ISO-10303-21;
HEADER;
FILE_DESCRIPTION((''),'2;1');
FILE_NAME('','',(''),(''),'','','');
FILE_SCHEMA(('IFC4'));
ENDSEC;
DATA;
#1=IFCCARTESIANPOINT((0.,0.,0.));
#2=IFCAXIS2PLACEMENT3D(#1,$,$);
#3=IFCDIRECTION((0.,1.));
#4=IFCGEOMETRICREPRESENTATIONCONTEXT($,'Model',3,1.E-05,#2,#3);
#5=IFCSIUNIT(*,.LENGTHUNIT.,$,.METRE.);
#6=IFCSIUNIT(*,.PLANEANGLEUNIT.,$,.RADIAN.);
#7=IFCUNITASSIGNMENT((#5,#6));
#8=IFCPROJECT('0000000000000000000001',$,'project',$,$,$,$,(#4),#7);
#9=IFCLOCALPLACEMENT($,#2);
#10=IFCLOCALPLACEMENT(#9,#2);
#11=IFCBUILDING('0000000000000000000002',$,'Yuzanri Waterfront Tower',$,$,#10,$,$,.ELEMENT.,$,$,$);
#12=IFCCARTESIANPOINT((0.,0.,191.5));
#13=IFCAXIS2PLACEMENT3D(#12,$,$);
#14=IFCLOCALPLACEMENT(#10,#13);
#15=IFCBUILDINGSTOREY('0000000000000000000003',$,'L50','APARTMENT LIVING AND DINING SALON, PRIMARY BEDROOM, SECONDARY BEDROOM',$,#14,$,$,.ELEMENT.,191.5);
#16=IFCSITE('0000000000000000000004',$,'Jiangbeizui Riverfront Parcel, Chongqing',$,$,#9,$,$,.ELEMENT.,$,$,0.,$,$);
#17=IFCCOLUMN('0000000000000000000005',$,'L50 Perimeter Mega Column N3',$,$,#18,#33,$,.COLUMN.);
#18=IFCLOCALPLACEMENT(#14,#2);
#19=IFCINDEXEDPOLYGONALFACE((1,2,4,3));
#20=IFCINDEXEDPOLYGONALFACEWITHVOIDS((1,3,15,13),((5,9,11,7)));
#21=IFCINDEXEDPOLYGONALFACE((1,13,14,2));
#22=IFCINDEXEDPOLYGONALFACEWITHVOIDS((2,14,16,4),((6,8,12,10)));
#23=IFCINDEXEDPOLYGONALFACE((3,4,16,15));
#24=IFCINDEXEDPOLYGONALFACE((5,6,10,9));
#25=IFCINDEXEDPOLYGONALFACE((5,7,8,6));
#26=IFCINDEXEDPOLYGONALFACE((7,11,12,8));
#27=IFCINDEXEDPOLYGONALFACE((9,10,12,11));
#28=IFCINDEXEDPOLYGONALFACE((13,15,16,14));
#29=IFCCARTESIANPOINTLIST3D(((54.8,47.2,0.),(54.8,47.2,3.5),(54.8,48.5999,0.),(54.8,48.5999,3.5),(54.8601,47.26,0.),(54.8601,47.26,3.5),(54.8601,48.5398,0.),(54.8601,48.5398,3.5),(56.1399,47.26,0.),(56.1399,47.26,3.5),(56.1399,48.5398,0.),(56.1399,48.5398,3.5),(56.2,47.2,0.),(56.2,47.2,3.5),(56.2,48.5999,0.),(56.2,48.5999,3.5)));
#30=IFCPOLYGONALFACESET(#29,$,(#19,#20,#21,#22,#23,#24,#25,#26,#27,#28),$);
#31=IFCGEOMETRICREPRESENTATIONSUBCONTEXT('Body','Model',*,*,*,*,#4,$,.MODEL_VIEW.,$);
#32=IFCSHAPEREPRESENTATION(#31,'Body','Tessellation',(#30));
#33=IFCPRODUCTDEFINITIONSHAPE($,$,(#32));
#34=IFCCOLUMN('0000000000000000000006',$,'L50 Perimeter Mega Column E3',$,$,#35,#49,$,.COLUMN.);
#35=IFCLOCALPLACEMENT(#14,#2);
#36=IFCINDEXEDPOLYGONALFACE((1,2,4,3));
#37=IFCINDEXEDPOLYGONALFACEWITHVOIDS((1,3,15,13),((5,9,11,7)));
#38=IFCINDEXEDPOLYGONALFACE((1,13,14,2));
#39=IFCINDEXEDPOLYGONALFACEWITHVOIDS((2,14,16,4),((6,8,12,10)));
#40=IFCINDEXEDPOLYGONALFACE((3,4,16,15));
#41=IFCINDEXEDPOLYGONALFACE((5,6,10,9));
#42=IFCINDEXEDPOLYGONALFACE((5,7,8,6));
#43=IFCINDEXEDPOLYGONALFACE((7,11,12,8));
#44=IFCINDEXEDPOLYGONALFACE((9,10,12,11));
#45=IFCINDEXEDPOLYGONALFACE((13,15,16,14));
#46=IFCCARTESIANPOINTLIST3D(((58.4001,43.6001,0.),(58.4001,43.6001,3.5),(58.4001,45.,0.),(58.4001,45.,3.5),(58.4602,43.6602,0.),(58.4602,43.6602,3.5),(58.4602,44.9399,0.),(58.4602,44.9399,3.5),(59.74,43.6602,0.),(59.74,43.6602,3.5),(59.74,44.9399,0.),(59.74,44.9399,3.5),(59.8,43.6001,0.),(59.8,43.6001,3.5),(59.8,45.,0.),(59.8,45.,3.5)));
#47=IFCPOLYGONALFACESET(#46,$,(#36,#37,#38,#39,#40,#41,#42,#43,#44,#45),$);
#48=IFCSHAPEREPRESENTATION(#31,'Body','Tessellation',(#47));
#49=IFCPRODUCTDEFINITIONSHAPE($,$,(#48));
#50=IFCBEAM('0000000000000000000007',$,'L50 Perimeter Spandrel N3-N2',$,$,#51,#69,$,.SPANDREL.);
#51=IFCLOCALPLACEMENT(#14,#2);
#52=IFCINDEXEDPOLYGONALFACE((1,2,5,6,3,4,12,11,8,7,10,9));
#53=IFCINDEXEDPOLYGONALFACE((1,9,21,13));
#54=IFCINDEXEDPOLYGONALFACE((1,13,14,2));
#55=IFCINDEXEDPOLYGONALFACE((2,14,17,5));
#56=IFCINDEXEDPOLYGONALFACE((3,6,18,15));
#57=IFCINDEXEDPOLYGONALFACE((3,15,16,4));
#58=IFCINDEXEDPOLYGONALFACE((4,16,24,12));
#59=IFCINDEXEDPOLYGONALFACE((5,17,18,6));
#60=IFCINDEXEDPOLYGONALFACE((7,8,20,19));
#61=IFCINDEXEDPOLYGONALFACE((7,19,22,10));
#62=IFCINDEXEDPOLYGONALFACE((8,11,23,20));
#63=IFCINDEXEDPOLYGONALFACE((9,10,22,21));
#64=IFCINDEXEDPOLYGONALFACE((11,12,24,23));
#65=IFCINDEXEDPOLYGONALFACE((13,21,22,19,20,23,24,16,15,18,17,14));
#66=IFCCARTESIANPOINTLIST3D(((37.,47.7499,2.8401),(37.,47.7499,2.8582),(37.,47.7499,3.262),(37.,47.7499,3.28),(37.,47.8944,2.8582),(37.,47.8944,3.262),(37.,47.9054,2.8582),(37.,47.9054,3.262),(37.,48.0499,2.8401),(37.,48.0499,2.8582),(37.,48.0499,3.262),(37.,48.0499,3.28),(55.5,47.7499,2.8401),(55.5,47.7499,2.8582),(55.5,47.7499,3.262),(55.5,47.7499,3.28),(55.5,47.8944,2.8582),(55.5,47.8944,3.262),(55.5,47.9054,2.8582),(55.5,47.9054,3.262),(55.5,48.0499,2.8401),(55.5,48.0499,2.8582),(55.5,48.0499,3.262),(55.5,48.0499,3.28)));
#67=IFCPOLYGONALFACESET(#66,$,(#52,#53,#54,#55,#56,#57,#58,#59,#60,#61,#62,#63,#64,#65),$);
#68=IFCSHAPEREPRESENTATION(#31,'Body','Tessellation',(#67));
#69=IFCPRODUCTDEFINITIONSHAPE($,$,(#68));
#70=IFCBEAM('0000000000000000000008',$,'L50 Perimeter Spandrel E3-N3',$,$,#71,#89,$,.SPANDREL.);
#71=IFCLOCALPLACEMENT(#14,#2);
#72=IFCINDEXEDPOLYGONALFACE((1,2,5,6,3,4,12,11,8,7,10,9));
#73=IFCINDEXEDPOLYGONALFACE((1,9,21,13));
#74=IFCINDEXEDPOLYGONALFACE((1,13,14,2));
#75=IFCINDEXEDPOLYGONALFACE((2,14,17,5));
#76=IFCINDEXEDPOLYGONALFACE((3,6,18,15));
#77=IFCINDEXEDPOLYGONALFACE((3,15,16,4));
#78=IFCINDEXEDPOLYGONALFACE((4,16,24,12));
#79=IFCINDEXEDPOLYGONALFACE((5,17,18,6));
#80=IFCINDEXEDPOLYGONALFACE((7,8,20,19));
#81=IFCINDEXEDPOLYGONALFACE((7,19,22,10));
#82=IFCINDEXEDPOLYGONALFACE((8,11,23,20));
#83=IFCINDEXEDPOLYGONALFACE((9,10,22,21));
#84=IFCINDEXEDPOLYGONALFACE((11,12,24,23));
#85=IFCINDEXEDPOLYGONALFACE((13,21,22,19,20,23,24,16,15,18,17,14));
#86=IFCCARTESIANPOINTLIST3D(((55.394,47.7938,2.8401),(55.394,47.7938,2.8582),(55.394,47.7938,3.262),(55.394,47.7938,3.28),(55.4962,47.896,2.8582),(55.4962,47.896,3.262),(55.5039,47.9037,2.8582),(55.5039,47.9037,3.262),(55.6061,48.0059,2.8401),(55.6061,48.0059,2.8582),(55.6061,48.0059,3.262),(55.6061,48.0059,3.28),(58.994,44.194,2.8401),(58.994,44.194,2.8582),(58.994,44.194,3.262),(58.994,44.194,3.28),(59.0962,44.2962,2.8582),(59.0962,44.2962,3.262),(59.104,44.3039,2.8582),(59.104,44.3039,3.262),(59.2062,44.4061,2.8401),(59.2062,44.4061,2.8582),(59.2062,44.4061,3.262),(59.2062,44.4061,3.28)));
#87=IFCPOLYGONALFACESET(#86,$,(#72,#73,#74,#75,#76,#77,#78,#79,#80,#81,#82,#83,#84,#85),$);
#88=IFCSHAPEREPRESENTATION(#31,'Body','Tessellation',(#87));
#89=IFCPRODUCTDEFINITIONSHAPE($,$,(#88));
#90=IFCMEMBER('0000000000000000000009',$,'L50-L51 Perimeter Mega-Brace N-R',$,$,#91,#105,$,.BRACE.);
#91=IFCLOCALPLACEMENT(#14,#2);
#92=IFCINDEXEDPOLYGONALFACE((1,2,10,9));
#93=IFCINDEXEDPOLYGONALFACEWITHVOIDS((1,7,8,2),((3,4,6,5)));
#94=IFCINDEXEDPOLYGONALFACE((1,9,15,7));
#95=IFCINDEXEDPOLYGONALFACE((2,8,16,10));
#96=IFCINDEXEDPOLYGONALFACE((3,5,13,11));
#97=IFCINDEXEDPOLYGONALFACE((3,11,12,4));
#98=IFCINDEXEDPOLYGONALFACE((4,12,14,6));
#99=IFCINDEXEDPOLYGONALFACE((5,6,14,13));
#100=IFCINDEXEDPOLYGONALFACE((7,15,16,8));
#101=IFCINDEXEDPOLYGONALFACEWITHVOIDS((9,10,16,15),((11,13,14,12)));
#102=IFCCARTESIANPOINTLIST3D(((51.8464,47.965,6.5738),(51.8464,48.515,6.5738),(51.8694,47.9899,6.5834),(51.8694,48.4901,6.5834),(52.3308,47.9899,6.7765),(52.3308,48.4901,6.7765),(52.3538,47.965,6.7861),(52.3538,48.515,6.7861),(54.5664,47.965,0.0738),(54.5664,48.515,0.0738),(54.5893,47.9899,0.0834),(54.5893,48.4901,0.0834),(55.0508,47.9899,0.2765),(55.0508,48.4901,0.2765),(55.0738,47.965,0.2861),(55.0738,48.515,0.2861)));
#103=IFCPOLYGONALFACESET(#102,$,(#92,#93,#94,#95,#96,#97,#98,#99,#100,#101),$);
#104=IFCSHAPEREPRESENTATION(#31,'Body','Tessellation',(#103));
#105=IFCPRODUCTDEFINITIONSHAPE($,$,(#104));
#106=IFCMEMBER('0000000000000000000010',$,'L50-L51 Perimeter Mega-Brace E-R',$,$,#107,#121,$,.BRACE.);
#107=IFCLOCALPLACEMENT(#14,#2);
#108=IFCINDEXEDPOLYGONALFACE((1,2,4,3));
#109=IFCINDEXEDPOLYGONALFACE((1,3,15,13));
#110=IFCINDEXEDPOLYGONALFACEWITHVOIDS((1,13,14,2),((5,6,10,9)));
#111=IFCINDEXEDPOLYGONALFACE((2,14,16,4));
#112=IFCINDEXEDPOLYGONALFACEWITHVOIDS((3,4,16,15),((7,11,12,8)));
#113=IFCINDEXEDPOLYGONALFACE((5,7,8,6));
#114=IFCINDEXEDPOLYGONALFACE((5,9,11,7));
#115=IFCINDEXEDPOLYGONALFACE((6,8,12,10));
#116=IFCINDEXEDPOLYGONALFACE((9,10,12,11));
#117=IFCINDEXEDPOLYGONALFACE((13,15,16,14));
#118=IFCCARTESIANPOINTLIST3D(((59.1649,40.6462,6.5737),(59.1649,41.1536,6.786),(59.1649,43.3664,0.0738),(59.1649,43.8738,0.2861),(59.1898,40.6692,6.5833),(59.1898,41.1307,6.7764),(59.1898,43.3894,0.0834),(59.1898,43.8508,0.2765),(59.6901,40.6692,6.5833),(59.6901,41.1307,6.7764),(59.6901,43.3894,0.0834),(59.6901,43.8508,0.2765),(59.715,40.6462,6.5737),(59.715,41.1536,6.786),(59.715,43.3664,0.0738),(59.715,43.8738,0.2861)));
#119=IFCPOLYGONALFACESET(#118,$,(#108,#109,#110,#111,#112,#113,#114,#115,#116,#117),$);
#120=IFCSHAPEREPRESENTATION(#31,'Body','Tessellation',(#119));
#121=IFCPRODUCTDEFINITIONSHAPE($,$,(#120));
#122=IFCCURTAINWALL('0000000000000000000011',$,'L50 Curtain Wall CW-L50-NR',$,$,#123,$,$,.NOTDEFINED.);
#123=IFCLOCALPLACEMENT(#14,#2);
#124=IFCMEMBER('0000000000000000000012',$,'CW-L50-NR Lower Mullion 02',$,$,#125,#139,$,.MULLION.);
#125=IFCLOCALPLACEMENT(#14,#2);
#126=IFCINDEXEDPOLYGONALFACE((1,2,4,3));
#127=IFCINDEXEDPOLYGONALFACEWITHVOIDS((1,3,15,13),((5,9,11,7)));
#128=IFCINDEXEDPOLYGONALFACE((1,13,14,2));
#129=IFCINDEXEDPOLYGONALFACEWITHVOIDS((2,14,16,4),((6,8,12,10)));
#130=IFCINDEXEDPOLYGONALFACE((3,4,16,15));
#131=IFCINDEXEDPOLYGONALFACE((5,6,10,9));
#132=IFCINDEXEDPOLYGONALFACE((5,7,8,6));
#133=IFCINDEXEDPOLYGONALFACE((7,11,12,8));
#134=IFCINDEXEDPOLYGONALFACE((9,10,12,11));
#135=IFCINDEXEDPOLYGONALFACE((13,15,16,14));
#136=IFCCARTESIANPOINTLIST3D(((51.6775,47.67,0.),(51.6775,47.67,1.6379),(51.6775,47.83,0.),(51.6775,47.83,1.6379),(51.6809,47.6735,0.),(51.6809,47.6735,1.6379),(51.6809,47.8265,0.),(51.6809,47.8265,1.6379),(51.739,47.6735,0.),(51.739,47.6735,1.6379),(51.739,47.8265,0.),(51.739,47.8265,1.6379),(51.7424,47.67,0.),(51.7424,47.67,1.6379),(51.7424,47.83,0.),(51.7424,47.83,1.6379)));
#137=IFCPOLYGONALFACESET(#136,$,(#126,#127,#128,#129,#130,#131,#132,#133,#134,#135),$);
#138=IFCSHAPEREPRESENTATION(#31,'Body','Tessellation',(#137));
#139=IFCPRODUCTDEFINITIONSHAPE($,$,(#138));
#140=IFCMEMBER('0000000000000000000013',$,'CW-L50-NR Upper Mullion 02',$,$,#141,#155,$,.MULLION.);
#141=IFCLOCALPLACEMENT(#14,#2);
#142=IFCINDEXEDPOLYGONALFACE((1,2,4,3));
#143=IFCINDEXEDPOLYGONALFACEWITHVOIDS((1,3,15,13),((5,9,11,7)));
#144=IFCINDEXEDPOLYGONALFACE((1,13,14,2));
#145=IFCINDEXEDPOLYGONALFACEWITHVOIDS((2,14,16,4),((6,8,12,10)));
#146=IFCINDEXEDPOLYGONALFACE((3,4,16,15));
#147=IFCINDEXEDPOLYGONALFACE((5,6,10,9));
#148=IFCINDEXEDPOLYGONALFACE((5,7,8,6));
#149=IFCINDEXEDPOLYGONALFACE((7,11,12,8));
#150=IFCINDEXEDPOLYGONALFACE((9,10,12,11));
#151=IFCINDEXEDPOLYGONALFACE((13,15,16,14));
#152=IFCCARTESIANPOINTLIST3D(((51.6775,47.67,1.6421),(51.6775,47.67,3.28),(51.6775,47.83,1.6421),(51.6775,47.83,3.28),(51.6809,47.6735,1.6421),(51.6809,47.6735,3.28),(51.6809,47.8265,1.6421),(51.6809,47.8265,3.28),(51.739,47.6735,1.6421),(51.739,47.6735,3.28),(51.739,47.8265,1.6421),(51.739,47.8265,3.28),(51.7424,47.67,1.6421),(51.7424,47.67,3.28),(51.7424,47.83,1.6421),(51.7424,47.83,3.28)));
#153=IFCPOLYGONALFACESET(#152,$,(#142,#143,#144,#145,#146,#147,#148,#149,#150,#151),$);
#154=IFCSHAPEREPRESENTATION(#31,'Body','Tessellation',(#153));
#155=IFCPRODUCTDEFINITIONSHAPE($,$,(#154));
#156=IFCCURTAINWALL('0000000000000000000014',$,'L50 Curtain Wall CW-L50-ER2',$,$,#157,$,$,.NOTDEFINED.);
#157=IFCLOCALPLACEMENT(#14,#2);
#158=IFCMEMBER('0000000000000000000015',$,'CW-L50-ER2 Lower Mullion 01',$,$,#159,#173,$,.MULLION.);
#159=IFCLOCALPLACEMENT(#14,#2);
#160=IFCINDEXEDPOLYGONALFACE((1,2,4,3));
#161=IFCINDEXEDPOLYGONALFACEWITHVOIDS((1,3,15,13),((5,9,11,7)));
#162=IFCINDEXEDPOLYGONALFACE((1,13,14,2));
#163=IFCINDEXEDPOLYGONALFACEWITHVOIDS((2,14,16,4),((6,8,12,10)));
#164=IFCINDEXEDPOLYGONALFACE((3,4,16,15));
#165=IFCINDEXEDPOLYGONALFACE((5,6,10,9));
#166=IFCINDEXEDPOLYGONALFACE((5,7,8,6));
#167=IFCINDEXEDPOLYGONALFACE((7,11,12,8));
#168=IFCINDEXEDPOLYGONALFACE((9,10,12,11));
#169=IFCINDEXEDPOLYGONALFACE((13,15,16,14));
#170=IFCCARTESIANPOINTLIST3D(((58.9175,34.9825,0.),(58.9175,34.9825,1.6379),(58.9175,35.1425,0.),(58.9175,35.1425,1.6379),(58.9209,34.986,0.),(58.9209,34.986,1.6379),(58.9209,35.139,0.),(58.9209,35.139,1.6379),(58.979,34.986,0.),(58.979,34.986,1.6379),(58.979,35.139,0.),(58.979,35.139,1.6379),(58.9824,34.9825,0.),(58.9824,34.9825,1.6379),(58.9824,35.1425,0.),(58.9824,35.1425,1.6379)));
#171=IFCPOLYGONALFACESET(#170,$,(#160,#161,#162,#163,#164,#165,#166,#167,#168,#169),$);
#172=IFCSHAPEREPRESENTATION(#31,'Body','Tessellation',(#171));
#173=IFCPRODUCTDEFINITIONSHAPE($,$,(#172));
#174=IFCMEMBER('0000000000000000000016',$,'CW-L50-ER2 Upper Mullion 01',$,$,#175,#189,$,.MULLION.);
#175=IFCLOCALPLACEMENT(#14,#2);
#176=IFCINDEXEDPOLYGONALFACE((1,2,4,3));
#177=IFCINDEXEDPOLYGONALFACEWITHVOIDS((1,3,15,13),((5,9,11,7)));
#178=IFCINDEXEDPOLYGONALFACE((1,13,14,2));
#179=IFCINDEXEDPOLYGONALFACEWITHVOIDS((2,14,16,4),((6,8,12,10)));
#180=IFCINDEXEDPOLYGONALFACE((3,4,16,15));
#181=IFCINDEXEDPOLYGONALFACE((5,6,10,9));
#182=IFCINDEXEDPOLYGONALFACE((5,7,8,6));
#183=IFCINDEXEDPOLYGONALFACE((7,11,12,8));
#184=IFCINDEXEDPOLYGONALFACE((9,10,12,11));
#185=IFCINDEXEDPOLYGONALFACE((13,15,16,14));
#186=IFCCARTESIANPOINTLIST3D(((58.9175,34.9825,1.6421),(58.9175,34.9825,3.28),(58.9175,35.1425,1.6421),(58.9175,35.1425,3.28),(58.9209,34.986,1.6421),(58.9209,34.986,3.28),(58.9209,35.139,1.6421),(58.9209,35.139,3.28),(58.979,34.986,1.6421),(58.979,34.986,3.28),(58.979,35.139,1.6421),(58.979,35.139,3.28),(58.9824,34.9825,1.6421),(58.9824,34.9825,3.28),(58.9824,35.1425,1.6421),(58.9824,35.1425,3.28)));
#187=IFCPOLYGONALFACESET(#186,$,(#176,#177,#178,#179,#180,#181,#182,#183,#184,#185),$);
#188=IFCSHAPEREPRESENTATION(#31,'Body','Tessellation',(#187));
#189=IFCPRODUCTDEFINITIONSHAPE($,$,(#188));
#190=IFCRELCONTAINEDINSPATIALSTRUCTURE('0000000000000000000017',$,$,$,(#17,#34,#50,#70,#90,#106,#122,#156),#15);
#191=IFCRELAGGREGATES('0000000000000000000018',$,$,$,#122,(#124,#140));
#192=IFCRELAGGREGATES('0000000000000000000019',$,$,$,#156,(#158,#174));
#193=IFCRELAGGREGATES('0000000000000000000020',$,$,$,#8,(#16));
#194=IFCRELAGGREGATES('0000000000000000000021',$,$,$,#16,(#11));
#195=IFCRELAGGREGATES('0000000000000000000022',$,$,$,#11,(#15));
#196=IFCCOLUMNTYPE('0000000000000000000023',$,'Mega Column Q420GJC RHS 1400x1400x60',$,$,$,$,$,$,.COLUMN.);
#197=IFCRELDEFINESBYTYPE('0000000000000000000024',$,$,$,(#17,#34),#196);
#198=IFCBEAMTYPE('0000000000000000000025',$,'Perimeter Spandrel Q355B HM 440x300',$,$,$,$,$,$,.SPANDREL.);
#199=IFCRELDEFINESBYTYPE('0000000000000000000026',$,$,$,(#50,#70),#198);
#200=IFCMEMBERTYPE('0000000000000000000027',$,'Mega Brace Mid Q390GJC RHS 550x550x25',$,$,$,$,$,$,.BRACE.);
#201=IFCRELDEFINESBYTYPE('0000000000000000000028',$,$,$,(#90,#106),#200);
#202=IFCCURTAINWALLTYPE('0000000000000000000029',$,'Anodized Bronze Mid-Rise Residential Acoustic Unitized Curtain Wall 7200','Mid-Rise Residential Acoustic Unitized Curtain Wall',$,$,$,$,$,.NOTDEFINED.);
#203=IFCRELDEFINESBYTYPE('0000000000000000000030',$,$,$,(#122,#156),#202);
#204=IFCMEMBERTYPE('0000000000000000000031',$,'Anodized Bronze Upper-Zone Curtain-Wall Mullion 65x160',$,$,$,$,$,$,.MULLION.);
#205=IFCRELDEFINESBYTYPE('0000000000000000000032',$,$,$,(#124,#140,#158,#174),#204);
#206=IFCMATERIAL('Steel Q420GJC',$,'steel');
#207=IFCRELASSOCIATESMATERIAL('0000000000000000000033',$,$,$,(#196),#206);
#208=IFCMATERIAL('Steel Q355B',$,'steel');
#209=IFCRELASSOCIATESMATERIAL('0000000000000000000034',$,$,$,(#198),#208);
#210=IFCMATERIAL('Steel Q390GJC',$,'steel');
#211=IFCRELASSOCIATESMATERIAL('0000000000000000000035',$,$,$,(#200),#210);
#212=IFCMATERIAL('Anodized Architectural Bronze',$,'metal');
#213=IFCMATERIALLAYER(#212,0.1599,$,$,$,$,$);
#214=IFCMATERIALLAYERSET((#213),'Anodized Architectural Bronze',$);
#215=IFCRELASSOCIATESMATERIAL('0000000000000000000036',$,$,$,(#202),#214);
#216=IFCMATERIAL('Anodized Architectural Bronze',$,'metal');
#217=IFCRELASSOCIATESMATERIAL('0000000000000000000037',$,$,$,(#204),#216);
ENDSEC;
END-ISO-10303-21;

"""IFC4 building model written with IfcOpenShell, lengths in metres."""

from ifc_helpers import new_model, si_unit, direction, frame, origin, origin_2d, place, context, subcontext, project, spatial, hollow_rectangle, i_section, extrude, source, transform, mapped, material, layer, layer_set, material_profile, profile_set, type_object, element, aggregate, save


model = new_model("IFC4")

# Units and contexts
model_context = context("Model", 3, precision=1e-05, world=origin(), true_north=direction((0.0, 1.0)))
body_context = subcontext(model_context, "Body", "Model", "MODEL_VIEW")
ifc_project = project(units=[si_unit("LENGTHUNIT", "METRE"), si_unit("PLANEANGLEUNIT", "RADIAN")], contexts=[model_context])

# Site, building, storey
site_placement = place(None, origin())
site = spatial("IfcSite", under=ifc_project, at=site_placement, Name="Jiangbeizui Riverfront Parcel, Chongqing", CompositionType="ELEMENT", RefElevation=0.0)
building_placement = place(site_placement, origin())
building = spatial("IfcBuilding", under=site, at=building_placement, Name="Yuzanri Waterfront Tower", CompositionType="ELEMENT")
storey_placement = place(building_placement, frame((0.0, 0.0, 191.5)))
storey = spatial("IfcBuildingStorey", under=building, at=storey_placement, Name="L50", Description="APARTMENT LIVING AND DINING SALON, PRIMARY BEDROOM, SECONDARY BEDROOM", CompositionType="ELEMENT", Elevation=191.5)

# Columns
ifc_material_1 = material(Name="Steel Q420GJC", Category="steel")
ifc_material_profile_1 = material_profile(ifc_material_1, hollow_rectangle(XDim=1.3999, YDim=1.3999, WallThickness=0.0601, at=origin_2d()), Name="RHS 1400x1400x60")
ifc_profile_set_1 = profile_set([ifc_material_profile_1], Name="Steel Q420GJC")
column_type = type_object("IfcColumnType", Name="Mega Column Q420GJC RHS 1400x1400x60", PredefinedType="COLUMN", material=ifc_profile_set_1)
shared_shape_1 = source(origin(), body_context, "Body", "SweptSolid", [
    extrude(hollow_rectangle(XDim=1.3999, YDim=1.3999, WallThickness=0.0601, at=origin_2d()), origin(), (0.0, 0.0, 1.0), 3.5),
])
for number, where, z_axis, x_axis, name in (
    (1, (55.5, 47.8999, 0.0), (0.0, 0.0, 1.0), (1.0, 0.0, 0.0), "L50 Perimeter Mega Column N3"),
    (2, (59.1001, 44.3, 0.0), (0.0, 0.0, 1.0), (1.0, 0.0, 0.0), "L50 Perimeter Mega Column E3"),
):
    element("IfcColumn", number, at=place(storey_placement, frame(where, z_axis=z_axis, x_axis=x_axis)), inside=storey, type_object=column_type, Name=name, PredefinedType="COLUMN", context=body_context, shape_type="MappedRepresentation", body=[
        mapped(shared_shape_1, transform((0.0, 0.0, 0.0), scale=1.0)),
    ])

# Beams
ifc_material_2 = material(Name="Steel Q355B", Category="steel")
ifc_material_profile_2 = material_profile(ifc_material_2, i_section(OverallWidth=0.3, OverallDepth=0.4399, WebThickness=0.011, FlangeThickness=0.0181, at=origin_2d()), Name="HM 440x300x11x18")
ifc_profile_set_2 = profile_set([ifc_material_profile_2], Name="Steel Q355B")
beam_type = type_object("IfcBeamType", Name="Perimeter Spandrel Q355B HM 440x300", PredefinedType="SPANDREL", material=ifc_profile_set_2)
shared_shape_2 = source(origin(), body_context, "Body", "SweptSolid", [
    extrude(i_section(OverallWidth=0.3, OverallDepth=0.4399, WebThickness=0.011, FlangeThickness=0.0181, at=origin_2d()), origin(), (0.0, 0.0, 1.0), 18.5),
])
beam_1_placement = place(storey_placement, frame((55.5, 47.8999, 3.0601), z_axis=(-1.0, 0.0, 0.0), x_axis=(0.0, -1.0, 0.0)))
element("IfcBeam", 3, at=beam_1_placement, inside=storey, type_object=beam_type, Name="L50 Perimeter Spandrel N3-N2", PredefinedType="SPANDREL", context=body_context, shape_type="MappedRepresentation", body=[
    mapped(shared_shape_2, transform((0.0, 0.0, 0.0), scale=1.0)),
])
shared_shape_3 = source(origin(), body_context, "Body", "SweptSolid", [
    extrude(i_section(OverallWidth=0.3, OverallDepth=0.4399, WebThickness=0.011, FlangeThickness=0.0181, at=origin_2d()), origin(), (0.0, 0.0, 1.0), 5.0911),
])
beam_2_placement = place(storey_placement, frame((59.1001, 44.3, 3.0601), z_axis=(-0.707131, 0.707083, 0.0), x_axis=(-0.707083, -0.707131, 0.0)))
element("IfcBeam", 4, at=beam_2_placement, inside=storey, type_object=beam_type, Name="L50 Perimeter Spandrel E3-N3", PredefinedType="SPANDREL", context=body_context, shape_type="MappedRepresentation", body=[
    mapped(shared_shape_3, transform((0.0, 0.0, 0.0), scale=1.0)),
])

# Members
ifc_material_3 = material(Name="Steel Q390GJC", Category="steel")
ifc_material_profile_3 = material_profile(ifc_material_3, hollow_rectangle(XDim=0.55, YDim=0.55, WallThickness=0.0249, at=origin_2d()), Name="RHS 550x550x25")
ifc_profile_set_3 = profile_set([ifc_material_profile_3], Name="Steel Q390GJC")
member_type_1 = type_object("IfcMemberType", Name="Mega Brace Mid Q390GJC RHS 550x550x25", PredefinedType="BRACE", material=ifc_profile_set_3)
shared_shape_4 = source(origin(), body_context, "Body", "SweptSolid", [
    extrude(hollow_rectangle(XDim=0.55, YDim=0.55, WallThickness=0.0249, at=origin_2d()), origin(), (0.0, 0.0, 1.0), 7.0461),
])
for number, where, z_axis, x_axis, name in (
    (5, (54.8201, 48.24, 0.1799), (-0.386022, 0.0, 0.922489), (0.0, -1.0, 0.0), "L50-L51 Perimeter Mega-Brace N-R"),
    (6, (59.4399, 43.6201, 0.1799), (0.0, -0.386052, 0.922477), (1.0, 0.0, 0.0), "L50-L51 Perimeter Mega-Brace E-R"),
):
    element("IfcMember", number, at=place(storey_placement, frame(where, z_axis=z_axis, x_axis=x_axis)), inside=storey, type_object=member_type_1, Name=name, PredefinedType="BRACE", context=body_context, shape_type="MappedRepresentation", body=[
        mapped(shared_shape_4, transform((0.0, 0.0, 0.0), scale=1.0)),
    ])

# Curtain walls, members
ifc_material_4 = material(Name="Anodized Architectural Bronze", Category="metal")
ifc_layer_1 = layer(ifc_material_4, 0.1599)
ifc_layer_set_1 = layer_set([ifc_layer_1], Name="Anodized Architectural Bronze")
curtain_wall_type = type_object("IfcCurtainWallType", Name="Anodized Bronze Mid-Rise Residential Acoustic Unitized Curtain Wall 7200", Description="Mid-Rise Residential Acoustic Unitized Curtain Wall", PredefinedType="NOTDEFINED", material=ifc_layer_set_1)
curtain_wall_1_placement = place(storey_placement, origin())
curtain_wall_1 = element("IfcCurtainWall", 7, at=curtain_wall_1_placement, inside=storey, type_object=curtain_wall_type, Name="L50 Curtain Wall CW-L50-NR", PredefinedType="NOTDEFINED")
ifc_material_5 = material(Name="Anodized Architectural Bronze", Category="metal")
ifc_material_profile_4 = material_profile(ifc_material_5, hollow_rectangle(XDim=0.0649, YDim=0.1599, WallThickness=0.0034, at=origin_2d()), Name="CWM 65x160")
ifc_profile_set_4 = profile_set([ifc_material_profile_4], Name="Anodized Architectural Bronze")
member_type_2 = type_object("IfcMemberType", Name="Anodized Bronze Upper-Zone Curtain-Wall Mullion 65x160", PredefinedType="MULLION", material=ifc_profile_set_4)
shared_shape_5 = source(origin(), body_context, "Body", "SweptSolid", [
    extrude(hollow_rectangle(XDim=0.0649, YDim=0.1599, WallThickness=0.0034, at=origin_2d()), origin(), (0.0, 0.0, 1.0), 1.6379),
])
member_1_placement = place(storey_placement, frame((51.71, 47.75, 0.0), z_axis=(0.0, 0.0, 1.0), x_axis=(1.0, 0.0, 0.0)))
member_1 = element("IfcMember", 8, at=member_1_placement, type_object=member_type_2, Name="CW-L50-NR Lower Mullion 02", PredefinedType="MULLION", context=body_context, shape_type="MappedRepresentation", body=[
    mapped(shared_shape_5, transform((0.0, 0.0, 0.0), scale=1.0)),
])
member_2_placement = place(storey_placement, frame((51.71, 47.75, 1.6421), z_axis=(0.0, 0.0, 1.0), x_axis=(1.0, 0.0, 0.0)))
member_2 = element("IfcMember", 9, at=member_2_placement, type_object=member_type_2, Name="CW-L50-NR Upper Mullion 02", PredefinedType="MULLION", context=body_context, shape_type="MappedRepresentation", body=[
    mapped(shared_shape_5, transform((0.0, 0.0, 0.0), scale=1.0)),
])
aggregate(curtain_wall_1, [member_1, member_2])
curtain_wall_2_placement = place(storey_placement, origin())
curtain_wall_2 = element("IfcCurtainWall", 10, at=curtain_wall_2_placement, inside=storey, type_object=curtain_wall_type, Name="L50 Curtain Wall CW-L50-ER2", PredefinedType="NOTDEFINED")
member_3_placement = place(storey_placement, frame((58.95, 35.0625, 0.0), z_axis=(0.0, 0.0, 1.0), x_axis=(1.0, 0.0, 0.0)))
member_3 = element("IfcMember", 11, at=member_3_placement, type_object=member_type_2, Name="CW-L50-ER2 Lower Mullion 01", PredefinedType="MULLION", context=body_context, shape_type="MappedRepresentation", body=[
    mapped(shared_shape_5, transform((0.0, 0.0, 0.0), scale=1.0)),
])
member_4_placement = place(storey_placement, frame((58.95, 35.0625, 1.6421), z_axis=(0.0, 0.0, 1.0), x_axis=(1.0, 0.0, 0.0)))
member_4 = element("IfcMember", 12, at=member_4_placement, type_object=member_type_2, Name="CW-L50-ER2 Upper Mullion 01", PredefinedType="MULLION", context=body_context, shape_type="MappedRepresentation", body=[
    mapped(shared_shape_5, transform((0.0, 0.0, 0.0), scale=1.0)),
])

aggregate(curtain_wall_2, [member_3, member_4])

save(model, "model.ifc")
